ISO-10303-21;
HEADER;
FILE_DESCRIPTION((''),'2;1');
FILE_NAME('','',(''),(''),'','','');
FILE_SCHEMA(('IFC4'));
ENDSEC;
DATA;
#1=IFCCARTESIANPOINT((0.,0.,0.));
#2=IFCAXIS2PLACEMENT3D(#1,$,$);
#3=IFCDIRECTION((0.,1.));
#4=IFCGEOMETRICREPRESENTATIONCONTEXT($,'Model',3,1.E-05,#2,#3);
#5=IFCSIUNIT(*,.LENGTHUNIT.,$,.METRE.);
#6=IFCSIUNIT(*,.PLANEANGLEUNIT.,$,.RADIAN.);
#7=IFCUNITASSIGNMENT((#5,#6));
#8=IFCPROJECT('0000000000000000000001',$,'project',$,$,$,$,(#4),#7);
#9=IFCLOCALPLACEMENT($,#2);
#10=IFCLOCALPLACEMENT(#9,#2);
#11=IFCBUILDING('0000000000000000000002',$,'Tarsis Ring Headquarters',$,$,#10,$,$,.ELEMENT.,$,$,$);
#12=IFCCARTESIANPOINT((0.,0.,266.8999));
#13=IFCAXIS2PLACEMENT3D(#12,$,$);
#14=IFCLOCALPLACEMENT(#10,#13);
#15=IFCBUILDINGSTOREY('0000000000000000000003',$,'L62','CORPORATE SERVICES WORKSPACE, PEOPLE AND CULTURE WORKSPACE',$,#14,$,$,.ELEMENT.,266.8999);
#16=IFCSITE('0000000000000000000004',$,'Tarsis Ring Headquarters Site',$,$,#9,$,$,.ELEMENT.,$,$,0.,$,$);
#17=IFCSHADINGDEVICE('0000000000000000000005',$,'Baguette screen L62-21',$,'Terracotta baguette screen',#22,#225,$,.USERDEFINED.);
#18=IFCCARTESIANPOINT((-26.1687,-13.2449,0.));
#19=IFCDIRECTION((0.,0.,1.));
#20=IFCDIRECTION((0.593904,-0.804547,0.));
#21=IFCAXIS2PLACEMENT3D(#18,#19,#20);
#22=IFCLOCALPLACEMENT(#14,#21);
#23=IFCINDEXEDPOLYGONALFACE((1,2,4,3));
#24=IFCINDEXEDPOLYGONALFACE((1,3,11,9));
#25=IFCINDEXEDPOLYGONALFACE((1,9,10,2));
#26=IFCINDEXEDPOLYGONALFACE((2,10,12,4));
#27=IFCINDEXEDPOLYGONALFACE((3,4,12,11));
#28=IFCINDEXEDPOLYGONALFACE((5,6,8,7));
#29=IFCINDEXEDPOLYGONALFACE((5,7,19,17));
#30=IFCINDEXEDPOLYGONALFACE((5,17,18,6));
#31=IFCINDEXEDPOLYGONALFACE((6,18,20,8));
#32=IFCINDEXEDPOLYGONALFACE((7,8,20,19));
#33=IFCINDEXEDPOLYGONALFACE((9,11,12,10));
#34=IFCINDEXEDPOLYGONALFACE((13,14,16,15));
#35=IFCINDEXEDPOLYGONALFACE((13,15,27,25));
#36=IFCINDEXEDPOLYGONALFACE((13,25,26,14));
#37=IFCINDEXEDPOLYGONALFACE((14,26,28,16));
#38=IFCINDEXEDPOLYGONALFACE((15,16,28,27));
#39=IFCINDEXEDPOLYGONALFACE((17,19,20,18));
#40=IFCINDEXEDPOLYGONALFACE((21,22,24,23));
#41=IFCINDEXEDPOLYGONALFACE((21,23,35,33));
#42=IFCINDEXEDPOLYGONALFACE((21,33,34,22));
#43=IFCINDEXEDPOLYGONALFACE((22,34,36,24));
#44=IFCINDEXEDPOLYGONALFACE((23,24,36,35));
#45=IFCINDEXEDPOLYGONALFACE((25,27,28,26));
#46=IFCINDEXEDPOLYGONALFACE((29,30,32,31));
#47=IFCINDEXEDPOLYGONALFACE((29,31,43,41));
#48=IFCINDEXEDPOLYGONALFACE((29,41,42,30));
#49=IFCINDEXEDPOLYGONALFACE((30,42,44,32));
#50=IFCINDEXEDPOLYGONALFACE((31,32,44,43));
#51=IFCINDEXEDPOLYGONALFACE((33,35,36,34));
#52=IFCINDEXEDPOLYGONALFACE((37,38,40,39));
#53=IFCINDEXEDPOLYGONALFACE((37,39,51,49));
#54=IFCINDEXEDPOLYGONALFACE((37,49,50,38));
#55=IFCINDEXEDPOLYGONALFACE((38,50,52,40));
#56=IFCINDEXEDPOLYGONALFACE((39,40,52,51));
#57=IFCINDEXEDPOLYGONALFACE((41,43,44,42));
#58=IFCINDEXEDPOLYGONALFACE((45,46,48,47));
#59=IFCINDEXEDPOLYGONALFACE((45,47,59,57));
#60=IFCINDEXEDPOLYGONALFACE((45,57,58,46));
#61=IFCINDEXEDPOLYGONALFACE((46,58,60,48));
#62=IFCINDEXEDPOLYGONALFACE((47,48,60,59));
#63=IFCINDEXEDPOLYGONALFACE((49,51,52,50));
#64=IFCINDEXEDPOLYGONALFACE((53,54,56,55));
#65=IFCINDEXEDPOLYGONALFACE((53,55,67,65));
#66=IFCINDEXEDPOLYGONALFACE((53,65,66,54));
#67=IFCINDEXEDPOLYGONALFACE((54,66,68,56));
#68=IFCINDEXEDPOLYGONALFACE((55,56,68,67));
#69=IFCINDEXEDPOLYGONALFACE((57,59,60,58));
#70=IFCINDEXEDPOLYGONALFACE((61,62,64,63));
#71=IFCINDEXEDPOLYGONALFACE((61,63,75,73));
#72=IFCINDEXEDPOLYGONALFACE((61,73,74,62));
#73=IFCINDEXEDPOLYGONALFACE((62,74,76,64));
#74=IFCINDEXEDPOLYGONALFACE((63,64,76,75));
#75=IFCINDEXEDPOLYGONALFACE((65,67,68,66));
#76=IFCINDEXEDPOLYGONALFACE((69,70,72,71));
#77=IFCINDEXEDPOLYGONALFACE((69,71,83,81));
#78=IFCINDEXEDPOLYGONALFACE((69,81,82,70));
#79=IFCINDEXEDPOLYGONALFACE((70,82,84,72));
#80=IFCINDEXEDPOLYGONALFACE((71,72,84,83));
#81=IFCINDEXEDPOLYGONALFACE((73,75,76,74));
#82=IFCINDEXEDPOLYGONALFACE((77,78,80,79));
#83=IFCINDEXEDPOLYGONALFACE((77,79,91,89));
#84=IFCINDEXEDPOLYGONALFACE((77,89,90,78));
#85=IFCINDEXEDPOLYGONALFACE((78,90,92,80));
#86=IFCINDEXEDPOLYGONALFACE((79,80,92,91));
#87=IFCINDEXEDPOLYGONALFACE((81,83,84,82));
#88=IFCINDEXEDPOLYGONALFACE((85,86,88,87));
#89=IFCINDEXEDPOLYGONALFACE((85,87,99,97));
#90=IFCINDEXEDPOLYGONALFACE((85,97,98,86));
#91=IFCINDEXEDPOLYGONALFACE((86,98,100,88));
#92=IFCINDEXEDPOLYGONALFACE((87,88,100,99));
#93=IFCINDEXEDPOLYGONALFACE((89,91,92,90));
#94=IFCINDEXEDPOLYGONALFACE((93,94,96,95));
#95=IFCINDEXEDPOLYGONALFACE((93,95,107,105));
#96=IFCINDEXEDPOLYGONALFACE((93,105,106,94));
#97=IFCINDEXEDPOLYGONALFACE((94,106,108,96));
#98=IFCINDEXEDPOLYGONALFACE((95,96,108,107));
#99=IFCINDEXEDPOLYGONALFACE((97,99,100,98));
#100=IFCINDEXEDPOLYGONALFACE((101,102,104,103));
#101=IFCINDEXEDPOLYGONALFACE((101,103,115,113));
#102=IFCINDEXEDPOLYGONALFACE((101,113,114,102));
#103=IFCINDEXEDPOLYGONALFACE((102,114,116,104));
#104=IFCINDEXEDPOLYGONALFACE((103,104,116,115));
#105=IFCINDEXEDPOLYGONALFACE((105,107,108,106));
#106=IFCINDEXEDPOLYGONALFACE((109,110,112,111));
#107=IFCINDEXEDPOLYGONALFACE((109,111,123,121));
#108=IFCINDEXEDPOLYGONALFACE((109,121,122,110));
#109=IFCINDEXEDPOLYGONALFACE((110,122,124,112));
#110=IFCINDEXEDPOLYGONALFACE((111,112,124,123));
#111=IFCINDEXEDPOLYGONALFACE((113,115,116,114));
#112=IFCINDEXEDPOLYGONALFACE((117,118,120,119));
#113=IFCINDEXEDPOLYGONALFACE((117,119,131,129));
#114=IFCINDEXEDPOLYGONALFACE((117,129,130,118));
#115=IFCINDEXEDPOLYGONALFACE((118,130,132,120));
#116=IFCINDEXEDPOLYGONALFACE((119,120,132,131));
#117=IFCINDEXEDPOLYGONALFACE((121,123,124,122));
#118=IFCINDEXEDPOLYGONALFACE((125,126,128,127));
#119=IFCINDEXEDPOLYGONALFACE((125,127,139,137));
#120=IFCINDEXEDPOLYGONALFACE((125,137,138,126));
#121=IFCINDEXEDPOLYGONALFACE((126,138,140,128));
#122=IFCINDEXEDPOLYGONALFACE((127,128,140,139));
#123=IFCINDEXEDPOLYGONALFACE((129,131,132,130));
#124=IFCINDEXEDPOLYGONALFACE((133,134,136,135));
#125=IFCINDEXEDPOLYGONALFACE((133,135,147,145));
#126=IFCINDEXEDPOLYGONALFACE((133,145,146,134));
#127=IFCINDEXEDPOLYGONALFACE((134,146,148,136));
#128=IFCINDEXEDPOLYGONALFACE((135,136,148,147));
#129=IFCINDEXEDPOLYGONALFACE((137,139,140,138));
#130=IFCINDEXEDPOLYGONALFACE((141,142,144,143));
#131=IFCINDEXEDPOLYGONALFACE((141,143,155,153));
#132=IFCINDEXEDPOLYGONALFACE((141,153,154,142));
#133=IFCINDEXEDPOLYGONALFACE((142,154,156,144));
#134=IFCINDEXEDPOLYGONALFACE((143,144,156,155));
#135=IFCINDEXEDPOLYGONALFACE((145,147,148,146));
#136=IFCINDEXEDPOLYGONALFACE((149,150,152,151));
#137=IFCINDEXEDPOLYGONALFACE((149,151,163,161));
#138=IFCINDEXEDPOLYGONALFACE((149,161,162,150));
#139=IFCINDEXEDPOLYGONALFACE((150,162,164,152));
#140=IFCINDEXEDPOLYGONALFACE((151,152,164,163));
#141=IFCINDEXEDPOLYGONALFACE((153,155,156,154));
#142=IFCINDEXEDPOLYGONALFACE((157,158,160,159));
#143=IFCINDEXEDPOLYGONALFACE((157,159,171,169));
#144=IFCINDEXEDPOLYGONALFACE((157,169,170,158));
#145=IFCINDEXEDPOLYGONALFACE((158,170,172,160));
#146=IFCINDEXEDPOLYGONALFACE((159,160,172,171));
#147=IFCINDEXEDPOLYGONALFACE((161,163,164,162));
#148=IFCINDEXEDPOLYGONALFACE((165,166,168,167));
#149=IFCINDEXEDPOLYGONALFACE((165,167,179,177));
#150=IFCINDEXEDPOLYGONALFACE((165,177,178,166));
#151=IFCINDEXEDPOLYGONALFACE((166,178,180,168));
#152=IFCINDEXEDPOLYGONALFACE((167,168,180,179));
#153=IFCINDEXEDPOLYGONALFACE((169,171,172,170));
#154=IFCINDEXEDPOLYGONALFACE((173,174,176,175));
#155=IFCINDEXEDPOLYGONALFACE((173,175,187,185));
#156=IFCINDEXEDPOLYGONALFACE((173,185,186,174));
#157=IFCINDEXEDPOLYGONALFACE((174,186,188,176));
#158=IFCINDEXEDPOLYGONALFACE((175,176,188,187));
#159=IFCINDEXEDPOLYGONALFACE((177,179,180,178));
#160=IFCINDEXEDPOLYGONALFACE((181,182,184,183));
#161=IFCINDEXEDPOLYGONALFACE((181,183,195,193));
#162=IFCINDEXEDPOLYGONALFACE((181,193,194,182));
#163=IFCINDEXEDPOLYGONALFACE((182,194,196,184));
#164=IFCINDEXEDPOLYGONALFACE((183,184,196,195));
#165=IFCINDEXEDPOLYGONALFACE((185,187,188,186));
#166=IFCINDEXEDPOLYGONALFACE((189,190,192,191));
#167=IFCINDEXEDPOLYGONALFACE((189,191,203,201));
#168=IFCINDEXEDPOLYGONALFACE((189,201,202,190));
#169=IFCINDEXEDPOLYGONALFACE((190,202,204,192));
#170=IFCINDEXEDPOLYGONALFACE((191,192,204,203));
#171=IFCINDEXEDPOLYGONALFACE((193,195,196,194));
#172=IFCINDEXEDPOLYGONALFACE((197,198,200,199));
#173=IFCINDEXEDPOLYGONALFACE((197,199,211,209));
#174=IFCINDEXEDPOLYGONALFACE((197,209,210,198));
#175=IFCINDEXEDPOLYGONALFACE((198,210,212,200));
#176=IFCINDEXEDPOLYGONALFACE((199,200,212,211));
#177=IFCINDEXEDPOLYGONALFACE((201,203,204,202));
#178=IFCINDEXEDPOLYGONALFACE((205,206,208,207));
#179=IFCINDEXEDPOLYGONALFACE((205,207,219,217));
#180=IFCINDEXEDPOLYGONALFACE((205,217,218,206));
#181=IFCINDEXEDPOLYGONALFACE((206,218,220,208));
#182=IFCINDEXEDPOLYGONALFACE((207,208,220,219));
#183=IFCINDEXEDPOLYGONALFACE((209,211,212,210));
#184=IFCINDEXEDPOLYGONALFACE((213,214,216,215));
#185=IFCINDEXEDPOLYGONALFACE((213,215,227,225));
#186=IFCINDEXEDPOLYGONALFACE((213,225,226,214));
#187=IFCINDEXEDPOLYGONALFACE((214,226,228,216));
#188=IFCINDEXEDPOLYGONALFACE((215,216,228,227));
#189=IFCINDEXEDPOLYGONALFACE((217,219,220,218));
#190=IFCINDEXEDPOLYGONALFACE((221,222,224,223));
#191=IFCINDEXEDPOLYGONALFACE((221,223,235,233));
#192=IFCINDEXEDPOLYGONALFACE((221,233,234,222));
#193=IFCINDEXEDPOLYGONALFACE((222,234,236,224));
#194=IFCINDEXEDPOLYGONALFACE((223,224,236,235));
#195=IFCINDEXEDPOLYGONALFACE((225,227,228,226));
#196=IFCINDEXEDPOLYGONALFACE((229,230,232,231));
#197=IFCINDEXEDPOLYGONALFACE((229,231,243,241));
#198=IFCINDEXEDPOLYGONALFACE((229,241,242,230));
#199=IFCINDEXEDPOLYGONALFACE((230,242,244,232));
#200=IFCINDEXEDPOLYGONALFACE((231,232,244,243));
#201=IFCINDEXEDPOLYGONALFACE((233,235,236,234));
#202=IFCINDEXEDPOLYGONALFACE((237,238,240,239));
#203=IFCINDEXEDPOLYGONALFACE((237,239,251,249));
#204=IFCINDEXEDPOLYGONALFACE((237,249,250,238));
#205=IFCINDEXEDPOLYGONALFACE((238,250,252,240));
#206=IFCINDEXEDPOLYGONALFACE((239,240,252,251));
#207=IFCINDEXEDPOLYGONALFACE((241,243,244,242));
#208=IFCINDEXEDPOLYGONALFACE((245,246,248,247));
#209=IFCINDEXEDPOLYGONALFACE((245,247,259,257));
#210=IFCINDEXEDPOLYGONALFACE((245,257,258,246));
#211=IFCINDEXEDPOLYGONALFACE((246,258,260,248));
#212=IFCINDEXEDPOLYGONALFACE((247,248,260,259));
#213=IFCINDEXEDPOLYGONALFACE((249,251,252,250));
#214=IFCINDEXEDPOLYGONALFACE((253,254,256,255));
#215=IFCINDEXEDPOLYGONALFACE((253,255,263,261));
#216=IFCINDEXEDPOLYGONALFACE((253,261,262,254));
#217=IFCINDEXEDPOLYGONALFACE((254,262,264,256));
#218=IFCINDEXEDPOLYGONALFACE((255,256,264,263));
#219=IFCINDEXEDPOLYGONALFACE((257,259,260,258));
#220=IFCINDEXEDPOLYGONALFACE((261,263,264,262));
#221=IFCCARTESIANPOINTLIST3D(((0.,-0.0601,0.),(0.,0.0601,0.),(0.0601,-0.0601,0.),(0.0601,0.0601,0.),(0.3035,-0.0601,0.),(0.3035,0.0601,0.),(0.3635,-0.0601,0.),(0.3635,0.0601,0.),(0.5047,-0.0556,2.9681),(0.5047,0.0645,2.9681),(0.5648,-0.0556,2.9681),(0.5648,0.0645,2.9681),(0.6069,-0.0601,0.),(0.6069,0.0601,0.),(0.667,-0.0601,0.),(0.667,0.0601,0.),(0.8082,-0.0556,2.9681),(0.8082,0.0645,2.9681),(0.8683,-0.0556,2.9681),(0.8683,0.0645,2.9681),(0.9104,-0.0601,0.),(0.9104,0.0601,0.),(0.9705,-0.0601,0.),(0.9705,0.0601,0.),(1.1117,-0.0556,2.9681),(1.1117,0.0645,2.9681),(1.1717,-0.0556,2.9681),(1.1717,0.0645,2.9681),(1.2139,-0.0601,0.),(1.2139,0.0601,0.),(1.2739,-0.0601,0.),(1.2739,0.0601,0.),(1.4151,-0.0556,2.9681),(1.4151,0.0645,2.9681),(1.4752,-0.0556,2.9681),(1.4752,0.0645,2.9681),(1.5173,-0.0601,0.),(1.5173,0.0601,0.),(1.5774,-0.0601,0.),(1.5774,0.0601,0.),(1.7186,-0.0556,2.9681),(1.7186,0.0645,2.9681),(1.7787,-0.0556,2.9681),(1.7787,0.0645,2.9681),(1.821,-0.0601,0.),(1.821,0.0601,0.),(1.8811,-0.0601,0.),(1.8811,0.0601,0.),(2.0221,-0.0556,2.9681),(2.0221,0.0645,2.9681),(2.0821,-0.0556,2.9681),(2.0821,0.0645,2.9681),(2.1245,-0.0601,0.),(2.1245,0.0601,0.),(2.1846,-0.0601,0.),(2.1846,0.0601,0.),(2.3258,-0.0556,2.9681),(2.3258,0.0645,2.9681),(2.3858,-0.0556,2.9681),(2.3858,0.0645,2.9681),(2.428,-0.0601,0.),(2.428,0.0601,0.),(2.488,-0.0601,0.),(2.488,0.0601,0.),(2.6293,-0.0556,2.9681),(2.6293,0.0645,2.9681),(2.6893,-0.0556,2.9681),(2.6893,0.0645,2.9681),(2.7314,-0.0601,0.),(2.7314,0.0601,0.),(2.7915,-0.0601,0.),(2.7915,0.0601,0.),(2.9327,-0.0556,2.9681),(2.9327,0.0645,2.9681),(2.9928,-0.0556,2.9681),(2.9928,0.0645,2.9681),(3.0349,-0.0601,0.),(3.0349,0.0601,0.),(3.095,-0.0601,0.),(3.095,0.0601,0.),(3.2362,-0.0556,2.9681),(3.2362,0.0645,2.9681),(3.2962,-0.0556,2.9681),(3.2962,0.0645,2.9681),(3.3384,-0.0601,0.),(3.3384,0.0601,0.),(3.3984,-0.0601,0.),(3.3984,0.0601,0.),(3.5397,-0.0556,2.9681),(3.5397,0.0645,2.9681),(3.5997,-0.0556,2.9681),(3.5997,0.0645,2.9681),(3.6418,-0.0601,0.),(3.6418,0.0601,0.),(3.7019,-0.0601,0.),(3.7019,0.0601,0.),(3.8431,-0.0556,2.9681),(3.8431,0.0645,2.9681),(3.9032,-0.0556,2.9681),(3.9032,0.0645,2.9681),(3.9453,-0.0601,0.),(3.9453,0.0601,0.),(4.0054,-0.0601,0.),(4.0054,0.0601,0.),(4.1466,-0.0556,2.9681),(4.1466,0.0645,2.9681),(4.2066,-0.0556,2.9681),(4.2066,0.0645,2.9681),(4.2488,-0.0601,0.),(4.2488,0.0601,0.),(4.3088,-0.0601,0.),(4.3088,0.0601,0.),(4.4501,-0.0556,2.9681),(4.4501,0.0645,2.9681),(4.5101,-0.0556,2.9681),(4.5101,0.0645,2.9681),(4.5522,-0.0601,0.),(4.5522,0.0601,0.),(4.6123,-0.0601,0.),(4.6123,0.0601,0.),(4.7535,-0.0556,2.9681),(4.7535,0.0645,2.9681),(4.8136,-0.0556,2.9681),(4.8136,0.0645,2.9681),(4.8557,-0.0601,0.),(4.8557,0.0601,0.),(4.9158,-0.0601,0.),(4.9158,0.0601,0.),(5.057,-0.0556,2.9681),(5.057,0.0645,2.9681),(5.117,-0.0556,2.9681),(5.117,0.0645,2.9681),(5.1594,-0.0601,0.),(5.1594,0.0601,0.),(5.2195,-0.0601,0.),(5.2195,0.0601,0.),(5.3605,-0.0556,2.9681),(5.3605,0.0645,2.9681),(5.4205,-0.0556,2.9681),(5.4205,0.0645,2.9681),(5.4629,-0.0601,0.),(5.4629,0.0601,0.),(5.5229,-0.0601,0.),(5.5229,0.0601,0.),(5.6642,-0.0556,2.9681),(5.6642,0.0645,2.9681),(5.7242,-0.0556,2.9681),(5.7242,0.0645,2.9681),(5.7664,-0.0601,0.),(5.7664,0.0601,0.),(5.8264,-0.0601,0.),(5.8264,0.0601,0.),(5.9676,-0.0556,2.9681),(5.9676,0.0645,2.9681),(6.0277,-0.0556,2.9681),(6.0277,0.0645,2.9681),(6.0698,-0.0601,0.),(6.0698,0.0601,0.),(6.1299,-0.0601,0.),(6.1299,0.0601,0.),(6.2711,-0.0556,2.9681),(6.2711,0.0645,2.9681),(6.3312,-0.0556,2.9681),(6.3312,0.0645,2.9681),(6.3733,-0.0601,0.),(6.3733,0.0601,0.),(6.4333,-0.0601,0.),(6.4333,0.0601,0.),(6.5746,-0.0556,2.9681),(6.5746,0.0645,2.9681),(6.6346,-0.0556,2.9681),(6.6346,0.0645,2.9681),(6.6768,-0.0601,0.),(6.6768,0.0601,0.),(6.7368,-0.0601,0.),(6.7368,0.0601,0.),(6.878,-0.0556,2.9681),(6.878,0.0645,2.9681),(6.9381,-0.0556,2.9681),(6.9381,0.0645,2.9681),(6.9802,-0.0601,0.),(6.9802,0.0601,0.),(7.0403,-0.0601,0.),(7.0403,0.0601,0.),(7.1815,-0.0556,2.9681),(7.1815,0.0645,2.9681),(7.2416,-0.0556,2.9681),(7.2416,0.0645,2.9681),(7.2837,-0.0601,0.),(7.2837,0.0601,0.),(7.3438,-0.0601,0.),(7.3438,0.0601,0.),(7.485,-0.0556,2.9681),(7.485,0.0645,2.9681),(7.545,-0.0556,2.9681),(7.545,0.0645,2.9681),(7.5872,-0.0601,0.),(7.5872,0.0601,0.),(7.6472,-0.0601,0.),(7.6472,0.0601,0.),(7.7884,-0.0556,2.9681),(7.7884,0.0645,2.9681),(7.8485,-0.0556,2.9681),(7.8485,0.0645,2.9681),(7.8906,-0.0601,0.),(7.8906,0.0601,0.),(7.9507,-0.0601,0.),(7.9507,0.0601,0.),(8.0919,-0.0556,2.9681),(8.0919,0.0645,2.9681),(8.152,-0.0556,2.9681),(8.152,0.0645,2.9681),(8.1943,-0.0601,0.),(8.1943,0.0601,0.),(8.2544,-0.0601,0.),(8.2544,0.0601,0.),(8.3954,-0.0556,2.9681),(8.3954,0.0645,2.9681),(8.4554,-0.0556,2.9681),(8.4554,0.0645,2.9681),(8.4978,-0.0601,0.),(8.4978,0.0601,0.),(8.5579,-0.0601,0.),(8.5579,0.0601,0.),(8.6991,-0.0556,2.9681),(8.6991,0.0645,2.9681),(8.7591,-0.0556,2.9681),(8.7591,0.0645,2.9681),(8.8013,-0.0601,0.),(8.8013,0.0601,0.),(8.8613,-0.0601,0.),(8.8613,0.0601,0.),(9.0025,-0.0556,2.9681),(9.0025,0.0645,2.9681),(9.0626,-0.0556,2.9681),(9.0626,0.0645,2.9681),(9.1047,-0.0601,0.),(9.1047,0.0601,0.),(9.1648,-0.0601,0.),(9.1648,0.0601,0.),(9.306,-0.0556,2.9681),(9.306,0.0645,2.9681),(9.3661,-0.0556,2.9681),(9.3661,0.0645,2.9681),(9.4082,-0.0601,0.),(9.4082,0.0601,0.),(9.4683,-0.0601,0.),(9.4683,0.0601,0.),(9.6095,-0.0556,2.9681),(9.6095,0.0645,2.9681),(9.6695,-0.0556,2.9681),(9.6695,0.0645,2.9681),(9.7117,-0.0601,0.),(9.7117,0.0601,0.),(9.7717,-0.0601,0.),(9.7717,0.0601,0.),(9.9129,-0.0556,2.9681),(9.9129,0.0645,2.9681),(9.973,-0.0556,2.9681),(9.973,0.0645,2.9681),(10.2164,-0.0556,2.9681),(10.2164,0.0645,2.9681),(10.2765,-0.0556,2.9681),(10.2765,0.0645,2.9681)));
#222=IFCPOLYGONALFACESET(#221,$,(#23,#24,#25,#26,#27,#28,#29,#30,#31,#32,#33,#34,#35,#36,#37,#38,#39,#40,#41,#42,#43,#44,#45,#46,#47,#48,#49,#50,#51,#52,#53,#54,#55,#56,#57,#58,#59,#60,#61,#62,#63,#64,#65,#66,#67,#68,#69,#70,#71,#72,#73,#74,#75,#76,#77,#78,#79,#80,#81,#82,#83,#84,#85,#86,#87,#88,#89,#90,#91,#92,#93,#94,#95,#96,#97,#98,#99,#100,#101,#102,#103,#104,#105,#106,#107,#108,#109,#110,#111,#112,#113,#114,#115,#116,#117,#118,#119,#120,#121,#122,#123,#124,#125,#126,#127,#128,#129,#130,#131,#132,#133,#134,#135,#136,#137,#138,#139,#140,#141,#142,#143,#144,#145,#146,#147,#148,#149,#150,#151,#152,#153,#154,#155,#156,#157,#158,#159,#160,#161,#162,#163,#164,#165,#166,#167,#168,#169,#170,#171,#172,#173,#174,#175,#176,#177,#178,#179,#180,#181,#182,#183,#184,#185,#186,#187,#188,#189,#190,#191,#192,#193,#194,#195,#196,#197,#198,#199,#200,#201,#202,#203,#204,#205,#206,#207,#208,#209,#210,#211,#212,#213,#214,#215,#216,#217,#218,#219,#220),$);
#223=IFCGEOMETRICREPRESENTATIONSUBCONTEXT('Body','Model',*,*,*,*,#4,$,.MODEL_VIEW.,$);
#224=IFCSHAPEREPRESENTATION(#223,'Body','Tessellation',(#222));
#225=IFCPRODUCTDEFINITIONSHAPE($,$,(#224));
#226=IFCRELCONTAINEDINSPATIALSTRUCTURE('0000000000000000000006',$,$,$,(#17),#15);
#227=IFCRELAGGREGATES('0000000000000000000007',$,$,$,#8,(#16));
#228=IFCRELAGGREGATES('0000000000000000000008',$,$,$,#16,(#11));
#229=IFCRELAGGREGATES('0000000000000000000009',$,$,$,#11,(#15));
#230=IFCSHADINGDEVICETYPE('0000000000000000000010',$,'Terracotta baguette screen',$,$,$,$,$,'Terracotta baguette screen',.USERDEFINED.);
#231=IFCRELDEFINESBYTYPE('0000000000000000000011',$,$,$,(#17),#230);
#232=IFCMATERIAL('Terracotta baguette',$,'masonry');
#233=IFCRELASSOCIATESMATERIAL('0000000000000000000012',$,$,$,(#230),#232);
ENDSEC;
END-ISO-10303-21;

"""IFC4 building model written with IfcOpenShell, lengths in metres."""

from ifc_helpers import new_model, si_unit, direction, frame, frame_2d, origin, place, context, subcontext, project, spatial, rectangle, composite_profile, extrude, material, type_object, element, save


model = new_model("IFC4")

# Units and contexts
model_context = context("Model", 3, precision=1e-05, world=origin(), true_north=direction((0.0, 1.0)))
body_context = subcontext(model_context, "Body", "Model", "MODEL_VIEW")
ifc_project = project(units=[si_unit("LENGTHUNIT", "METRE"), si_unit("PLANEANGLEUNIT", "RADIAN")], contexts=[model_context])

# Site, building, storey
site_placement = place(None, origin())
site = spatial("IfcSite", under=ifc_project, at=site_placement, Name="Tarsis Ring Headquarters Site", CompositionType="ELEMENT", RefElevation=0.0)
building_placement = place(site_placement, origin())
building = spatial("IfcBuilding", under=site, at=building_placement, Name="Tarsis Ring Headquarters", CompositionType="ELEMENT")
storey_placement = place(building_placement, frame((0.0, 0.0, 266.8999)))
storey = spatial("IfcBuildingStorey", under=building, at=storey_placement, Name="L62", Description="CORPORATE SERVICES WORKSPACE, PEOPLE AND CULTURE WORKSPACE", CompositionType="ELEMENT", Elevation=266.8999)

# Shading device
ifc_material_1 = material(Name="Terracotta baguette", Category="masonry")
shading_device_type = type_object("IfcShadingDeviceType", Name="Terracotta baguette screen", ElementType="Terracotta baguette screen", PredefinedType="USERDEFINED", material=ifc_material_1)
shading_device_1_placement = place(storey_placement, frame((-26.1687, -13.2449, 0.0), z_axis=(0.0, 0.0, 1.0), x_axis=(0.593904, -0.804547, 0.0)))
element("IfcShadingDevice", 1, at=shading_device_1_placement, inside=storey, type_object=shading_device_type, Name="Baguette screen L62-21", ObjectType="Terracotta baguette screen", PredefinedType="USERDEFINED", context=body_context, shape_type="SweptSolid", body=[
    extrude(composite_profile([rectangle(XDim=0.0601, YDim=0.1201, at=frame_2d((0.03, 0.0))), rectangle(XDim=0.0601, YDim=0.1201, at=frame_2d((0.3335, 0.0))), rectangle(XDim=0.0601, YDim=0.1201, at=frame_2d((0.637, 0.0))), rectangle(XDim=0.0601, YDim=0.1201, at=frame_2d((0.9404, 0.0))), rectangle(XDim=0.0601, YDim=0.1201, at=frame_2d((1.2439, 0.0))), rectangle(XDim=0.0601, YDim=0.1201, at=frame_2d((1.5474, 0.0))), rectangle(XDim=0.0601, YDim=0.1201, at=frame_2d((1.8511, 0.0))), rectangle(XDim=0.0601, YDim=0.1201, at=frame_2d((2.1545, 0.0))), rectangle(XDim=0.0601, YDim=0.1201, at=frame_2d((2.458, 0.0))), rectangle(XDim=0.0601, YDim=0.1201, at=frame_2d((2.7615, 0.0))), rectangle(XDim=0.0601, YDim=0.1201, at=frame_2d((3.0649, 0.0))), rectangle(XDim=0.0601, YDim=0.1201, at=frame_2d((3.3684, 0.0))), rectangle(XDim=0.0601, YDim=0.1201, at=frame_2d((3.6719, 0.0))), rectangle(XDim=0.0601, YDim=0.1201, at=frame_2d((3.9753, 0.0))), rectangle(XDim=0.0601, YDim=0.1201, at=frame_2d((4.2788, 0.0))), rectangle(XDim=0.0601, YDim=0.1201, at=frame_2d((4.5823, 0.0))), rectangle(XDim=0.0601, YDim=0.1201, at=frame_2d((4.8857, 0.0))), rectangle(XDim=0.0601, YDim=0.1201, at=frame_2d((5.1895, 0.0))), rectangle(XDim=0.0601, YDim=0.1201, at=frame_2d((5.4929, 0.0))), rectangle(XDim=0.0601, YDim=0.1201, at=frame_2d((5.7964, 0.0))), rectangle(XDim=0.0601, YDim=0.1201, at=frame_2d((6.0999, 0.0))), rectangle(XDim=0.0601, YDim=0.1201, at=frame_2d((6.4033, 0.0))), rectangle(XDim=0.0601, YDim=0.1201, at=frame_2d((6.7068, 0.0))), rectangle(XDim=0.0601, YDim=0.1201, at=frame_2d((7.0103, 0.0))), rectangle(XDim=0.0601, YDim=0.1201, at=frame_2d((7.3137, 0.0))), rectangle(XDim=0.0601, YDim=0.1201, at=frame_2d((7.6172, 0.0))), rectangle(XDim=0.0601, YDim=0.1201, at=frame_2d((7.9207, 0.0))), rectangle(XDim=0.0601, YDim=0.1201, at=frame_2d((8.2244, 0.0))), rectangle(XDim=0.0601, YDim=0.1201, at=frame_2d((8.5278, 0.0))), rectangle(XDim=0.0601, YDim=0.1201, at=frame_2d((8.8313, 0.0))), rectangle(XDim=0.0601, YDim=0.1201, at=frame_2d((9.1348, 0.0))), rectangle(XDim=0.0601, YDim=0.1201, at=frame_2d((9.4382, 0.0))), rectangle(XDim=0.0601, YDim=0.1201, at=frame_2d((9.7417, 0.0)))]), origin(), (0.167648, 0.001466, 0.985846), 3.0107),
])

save(model, "model.ifc")
